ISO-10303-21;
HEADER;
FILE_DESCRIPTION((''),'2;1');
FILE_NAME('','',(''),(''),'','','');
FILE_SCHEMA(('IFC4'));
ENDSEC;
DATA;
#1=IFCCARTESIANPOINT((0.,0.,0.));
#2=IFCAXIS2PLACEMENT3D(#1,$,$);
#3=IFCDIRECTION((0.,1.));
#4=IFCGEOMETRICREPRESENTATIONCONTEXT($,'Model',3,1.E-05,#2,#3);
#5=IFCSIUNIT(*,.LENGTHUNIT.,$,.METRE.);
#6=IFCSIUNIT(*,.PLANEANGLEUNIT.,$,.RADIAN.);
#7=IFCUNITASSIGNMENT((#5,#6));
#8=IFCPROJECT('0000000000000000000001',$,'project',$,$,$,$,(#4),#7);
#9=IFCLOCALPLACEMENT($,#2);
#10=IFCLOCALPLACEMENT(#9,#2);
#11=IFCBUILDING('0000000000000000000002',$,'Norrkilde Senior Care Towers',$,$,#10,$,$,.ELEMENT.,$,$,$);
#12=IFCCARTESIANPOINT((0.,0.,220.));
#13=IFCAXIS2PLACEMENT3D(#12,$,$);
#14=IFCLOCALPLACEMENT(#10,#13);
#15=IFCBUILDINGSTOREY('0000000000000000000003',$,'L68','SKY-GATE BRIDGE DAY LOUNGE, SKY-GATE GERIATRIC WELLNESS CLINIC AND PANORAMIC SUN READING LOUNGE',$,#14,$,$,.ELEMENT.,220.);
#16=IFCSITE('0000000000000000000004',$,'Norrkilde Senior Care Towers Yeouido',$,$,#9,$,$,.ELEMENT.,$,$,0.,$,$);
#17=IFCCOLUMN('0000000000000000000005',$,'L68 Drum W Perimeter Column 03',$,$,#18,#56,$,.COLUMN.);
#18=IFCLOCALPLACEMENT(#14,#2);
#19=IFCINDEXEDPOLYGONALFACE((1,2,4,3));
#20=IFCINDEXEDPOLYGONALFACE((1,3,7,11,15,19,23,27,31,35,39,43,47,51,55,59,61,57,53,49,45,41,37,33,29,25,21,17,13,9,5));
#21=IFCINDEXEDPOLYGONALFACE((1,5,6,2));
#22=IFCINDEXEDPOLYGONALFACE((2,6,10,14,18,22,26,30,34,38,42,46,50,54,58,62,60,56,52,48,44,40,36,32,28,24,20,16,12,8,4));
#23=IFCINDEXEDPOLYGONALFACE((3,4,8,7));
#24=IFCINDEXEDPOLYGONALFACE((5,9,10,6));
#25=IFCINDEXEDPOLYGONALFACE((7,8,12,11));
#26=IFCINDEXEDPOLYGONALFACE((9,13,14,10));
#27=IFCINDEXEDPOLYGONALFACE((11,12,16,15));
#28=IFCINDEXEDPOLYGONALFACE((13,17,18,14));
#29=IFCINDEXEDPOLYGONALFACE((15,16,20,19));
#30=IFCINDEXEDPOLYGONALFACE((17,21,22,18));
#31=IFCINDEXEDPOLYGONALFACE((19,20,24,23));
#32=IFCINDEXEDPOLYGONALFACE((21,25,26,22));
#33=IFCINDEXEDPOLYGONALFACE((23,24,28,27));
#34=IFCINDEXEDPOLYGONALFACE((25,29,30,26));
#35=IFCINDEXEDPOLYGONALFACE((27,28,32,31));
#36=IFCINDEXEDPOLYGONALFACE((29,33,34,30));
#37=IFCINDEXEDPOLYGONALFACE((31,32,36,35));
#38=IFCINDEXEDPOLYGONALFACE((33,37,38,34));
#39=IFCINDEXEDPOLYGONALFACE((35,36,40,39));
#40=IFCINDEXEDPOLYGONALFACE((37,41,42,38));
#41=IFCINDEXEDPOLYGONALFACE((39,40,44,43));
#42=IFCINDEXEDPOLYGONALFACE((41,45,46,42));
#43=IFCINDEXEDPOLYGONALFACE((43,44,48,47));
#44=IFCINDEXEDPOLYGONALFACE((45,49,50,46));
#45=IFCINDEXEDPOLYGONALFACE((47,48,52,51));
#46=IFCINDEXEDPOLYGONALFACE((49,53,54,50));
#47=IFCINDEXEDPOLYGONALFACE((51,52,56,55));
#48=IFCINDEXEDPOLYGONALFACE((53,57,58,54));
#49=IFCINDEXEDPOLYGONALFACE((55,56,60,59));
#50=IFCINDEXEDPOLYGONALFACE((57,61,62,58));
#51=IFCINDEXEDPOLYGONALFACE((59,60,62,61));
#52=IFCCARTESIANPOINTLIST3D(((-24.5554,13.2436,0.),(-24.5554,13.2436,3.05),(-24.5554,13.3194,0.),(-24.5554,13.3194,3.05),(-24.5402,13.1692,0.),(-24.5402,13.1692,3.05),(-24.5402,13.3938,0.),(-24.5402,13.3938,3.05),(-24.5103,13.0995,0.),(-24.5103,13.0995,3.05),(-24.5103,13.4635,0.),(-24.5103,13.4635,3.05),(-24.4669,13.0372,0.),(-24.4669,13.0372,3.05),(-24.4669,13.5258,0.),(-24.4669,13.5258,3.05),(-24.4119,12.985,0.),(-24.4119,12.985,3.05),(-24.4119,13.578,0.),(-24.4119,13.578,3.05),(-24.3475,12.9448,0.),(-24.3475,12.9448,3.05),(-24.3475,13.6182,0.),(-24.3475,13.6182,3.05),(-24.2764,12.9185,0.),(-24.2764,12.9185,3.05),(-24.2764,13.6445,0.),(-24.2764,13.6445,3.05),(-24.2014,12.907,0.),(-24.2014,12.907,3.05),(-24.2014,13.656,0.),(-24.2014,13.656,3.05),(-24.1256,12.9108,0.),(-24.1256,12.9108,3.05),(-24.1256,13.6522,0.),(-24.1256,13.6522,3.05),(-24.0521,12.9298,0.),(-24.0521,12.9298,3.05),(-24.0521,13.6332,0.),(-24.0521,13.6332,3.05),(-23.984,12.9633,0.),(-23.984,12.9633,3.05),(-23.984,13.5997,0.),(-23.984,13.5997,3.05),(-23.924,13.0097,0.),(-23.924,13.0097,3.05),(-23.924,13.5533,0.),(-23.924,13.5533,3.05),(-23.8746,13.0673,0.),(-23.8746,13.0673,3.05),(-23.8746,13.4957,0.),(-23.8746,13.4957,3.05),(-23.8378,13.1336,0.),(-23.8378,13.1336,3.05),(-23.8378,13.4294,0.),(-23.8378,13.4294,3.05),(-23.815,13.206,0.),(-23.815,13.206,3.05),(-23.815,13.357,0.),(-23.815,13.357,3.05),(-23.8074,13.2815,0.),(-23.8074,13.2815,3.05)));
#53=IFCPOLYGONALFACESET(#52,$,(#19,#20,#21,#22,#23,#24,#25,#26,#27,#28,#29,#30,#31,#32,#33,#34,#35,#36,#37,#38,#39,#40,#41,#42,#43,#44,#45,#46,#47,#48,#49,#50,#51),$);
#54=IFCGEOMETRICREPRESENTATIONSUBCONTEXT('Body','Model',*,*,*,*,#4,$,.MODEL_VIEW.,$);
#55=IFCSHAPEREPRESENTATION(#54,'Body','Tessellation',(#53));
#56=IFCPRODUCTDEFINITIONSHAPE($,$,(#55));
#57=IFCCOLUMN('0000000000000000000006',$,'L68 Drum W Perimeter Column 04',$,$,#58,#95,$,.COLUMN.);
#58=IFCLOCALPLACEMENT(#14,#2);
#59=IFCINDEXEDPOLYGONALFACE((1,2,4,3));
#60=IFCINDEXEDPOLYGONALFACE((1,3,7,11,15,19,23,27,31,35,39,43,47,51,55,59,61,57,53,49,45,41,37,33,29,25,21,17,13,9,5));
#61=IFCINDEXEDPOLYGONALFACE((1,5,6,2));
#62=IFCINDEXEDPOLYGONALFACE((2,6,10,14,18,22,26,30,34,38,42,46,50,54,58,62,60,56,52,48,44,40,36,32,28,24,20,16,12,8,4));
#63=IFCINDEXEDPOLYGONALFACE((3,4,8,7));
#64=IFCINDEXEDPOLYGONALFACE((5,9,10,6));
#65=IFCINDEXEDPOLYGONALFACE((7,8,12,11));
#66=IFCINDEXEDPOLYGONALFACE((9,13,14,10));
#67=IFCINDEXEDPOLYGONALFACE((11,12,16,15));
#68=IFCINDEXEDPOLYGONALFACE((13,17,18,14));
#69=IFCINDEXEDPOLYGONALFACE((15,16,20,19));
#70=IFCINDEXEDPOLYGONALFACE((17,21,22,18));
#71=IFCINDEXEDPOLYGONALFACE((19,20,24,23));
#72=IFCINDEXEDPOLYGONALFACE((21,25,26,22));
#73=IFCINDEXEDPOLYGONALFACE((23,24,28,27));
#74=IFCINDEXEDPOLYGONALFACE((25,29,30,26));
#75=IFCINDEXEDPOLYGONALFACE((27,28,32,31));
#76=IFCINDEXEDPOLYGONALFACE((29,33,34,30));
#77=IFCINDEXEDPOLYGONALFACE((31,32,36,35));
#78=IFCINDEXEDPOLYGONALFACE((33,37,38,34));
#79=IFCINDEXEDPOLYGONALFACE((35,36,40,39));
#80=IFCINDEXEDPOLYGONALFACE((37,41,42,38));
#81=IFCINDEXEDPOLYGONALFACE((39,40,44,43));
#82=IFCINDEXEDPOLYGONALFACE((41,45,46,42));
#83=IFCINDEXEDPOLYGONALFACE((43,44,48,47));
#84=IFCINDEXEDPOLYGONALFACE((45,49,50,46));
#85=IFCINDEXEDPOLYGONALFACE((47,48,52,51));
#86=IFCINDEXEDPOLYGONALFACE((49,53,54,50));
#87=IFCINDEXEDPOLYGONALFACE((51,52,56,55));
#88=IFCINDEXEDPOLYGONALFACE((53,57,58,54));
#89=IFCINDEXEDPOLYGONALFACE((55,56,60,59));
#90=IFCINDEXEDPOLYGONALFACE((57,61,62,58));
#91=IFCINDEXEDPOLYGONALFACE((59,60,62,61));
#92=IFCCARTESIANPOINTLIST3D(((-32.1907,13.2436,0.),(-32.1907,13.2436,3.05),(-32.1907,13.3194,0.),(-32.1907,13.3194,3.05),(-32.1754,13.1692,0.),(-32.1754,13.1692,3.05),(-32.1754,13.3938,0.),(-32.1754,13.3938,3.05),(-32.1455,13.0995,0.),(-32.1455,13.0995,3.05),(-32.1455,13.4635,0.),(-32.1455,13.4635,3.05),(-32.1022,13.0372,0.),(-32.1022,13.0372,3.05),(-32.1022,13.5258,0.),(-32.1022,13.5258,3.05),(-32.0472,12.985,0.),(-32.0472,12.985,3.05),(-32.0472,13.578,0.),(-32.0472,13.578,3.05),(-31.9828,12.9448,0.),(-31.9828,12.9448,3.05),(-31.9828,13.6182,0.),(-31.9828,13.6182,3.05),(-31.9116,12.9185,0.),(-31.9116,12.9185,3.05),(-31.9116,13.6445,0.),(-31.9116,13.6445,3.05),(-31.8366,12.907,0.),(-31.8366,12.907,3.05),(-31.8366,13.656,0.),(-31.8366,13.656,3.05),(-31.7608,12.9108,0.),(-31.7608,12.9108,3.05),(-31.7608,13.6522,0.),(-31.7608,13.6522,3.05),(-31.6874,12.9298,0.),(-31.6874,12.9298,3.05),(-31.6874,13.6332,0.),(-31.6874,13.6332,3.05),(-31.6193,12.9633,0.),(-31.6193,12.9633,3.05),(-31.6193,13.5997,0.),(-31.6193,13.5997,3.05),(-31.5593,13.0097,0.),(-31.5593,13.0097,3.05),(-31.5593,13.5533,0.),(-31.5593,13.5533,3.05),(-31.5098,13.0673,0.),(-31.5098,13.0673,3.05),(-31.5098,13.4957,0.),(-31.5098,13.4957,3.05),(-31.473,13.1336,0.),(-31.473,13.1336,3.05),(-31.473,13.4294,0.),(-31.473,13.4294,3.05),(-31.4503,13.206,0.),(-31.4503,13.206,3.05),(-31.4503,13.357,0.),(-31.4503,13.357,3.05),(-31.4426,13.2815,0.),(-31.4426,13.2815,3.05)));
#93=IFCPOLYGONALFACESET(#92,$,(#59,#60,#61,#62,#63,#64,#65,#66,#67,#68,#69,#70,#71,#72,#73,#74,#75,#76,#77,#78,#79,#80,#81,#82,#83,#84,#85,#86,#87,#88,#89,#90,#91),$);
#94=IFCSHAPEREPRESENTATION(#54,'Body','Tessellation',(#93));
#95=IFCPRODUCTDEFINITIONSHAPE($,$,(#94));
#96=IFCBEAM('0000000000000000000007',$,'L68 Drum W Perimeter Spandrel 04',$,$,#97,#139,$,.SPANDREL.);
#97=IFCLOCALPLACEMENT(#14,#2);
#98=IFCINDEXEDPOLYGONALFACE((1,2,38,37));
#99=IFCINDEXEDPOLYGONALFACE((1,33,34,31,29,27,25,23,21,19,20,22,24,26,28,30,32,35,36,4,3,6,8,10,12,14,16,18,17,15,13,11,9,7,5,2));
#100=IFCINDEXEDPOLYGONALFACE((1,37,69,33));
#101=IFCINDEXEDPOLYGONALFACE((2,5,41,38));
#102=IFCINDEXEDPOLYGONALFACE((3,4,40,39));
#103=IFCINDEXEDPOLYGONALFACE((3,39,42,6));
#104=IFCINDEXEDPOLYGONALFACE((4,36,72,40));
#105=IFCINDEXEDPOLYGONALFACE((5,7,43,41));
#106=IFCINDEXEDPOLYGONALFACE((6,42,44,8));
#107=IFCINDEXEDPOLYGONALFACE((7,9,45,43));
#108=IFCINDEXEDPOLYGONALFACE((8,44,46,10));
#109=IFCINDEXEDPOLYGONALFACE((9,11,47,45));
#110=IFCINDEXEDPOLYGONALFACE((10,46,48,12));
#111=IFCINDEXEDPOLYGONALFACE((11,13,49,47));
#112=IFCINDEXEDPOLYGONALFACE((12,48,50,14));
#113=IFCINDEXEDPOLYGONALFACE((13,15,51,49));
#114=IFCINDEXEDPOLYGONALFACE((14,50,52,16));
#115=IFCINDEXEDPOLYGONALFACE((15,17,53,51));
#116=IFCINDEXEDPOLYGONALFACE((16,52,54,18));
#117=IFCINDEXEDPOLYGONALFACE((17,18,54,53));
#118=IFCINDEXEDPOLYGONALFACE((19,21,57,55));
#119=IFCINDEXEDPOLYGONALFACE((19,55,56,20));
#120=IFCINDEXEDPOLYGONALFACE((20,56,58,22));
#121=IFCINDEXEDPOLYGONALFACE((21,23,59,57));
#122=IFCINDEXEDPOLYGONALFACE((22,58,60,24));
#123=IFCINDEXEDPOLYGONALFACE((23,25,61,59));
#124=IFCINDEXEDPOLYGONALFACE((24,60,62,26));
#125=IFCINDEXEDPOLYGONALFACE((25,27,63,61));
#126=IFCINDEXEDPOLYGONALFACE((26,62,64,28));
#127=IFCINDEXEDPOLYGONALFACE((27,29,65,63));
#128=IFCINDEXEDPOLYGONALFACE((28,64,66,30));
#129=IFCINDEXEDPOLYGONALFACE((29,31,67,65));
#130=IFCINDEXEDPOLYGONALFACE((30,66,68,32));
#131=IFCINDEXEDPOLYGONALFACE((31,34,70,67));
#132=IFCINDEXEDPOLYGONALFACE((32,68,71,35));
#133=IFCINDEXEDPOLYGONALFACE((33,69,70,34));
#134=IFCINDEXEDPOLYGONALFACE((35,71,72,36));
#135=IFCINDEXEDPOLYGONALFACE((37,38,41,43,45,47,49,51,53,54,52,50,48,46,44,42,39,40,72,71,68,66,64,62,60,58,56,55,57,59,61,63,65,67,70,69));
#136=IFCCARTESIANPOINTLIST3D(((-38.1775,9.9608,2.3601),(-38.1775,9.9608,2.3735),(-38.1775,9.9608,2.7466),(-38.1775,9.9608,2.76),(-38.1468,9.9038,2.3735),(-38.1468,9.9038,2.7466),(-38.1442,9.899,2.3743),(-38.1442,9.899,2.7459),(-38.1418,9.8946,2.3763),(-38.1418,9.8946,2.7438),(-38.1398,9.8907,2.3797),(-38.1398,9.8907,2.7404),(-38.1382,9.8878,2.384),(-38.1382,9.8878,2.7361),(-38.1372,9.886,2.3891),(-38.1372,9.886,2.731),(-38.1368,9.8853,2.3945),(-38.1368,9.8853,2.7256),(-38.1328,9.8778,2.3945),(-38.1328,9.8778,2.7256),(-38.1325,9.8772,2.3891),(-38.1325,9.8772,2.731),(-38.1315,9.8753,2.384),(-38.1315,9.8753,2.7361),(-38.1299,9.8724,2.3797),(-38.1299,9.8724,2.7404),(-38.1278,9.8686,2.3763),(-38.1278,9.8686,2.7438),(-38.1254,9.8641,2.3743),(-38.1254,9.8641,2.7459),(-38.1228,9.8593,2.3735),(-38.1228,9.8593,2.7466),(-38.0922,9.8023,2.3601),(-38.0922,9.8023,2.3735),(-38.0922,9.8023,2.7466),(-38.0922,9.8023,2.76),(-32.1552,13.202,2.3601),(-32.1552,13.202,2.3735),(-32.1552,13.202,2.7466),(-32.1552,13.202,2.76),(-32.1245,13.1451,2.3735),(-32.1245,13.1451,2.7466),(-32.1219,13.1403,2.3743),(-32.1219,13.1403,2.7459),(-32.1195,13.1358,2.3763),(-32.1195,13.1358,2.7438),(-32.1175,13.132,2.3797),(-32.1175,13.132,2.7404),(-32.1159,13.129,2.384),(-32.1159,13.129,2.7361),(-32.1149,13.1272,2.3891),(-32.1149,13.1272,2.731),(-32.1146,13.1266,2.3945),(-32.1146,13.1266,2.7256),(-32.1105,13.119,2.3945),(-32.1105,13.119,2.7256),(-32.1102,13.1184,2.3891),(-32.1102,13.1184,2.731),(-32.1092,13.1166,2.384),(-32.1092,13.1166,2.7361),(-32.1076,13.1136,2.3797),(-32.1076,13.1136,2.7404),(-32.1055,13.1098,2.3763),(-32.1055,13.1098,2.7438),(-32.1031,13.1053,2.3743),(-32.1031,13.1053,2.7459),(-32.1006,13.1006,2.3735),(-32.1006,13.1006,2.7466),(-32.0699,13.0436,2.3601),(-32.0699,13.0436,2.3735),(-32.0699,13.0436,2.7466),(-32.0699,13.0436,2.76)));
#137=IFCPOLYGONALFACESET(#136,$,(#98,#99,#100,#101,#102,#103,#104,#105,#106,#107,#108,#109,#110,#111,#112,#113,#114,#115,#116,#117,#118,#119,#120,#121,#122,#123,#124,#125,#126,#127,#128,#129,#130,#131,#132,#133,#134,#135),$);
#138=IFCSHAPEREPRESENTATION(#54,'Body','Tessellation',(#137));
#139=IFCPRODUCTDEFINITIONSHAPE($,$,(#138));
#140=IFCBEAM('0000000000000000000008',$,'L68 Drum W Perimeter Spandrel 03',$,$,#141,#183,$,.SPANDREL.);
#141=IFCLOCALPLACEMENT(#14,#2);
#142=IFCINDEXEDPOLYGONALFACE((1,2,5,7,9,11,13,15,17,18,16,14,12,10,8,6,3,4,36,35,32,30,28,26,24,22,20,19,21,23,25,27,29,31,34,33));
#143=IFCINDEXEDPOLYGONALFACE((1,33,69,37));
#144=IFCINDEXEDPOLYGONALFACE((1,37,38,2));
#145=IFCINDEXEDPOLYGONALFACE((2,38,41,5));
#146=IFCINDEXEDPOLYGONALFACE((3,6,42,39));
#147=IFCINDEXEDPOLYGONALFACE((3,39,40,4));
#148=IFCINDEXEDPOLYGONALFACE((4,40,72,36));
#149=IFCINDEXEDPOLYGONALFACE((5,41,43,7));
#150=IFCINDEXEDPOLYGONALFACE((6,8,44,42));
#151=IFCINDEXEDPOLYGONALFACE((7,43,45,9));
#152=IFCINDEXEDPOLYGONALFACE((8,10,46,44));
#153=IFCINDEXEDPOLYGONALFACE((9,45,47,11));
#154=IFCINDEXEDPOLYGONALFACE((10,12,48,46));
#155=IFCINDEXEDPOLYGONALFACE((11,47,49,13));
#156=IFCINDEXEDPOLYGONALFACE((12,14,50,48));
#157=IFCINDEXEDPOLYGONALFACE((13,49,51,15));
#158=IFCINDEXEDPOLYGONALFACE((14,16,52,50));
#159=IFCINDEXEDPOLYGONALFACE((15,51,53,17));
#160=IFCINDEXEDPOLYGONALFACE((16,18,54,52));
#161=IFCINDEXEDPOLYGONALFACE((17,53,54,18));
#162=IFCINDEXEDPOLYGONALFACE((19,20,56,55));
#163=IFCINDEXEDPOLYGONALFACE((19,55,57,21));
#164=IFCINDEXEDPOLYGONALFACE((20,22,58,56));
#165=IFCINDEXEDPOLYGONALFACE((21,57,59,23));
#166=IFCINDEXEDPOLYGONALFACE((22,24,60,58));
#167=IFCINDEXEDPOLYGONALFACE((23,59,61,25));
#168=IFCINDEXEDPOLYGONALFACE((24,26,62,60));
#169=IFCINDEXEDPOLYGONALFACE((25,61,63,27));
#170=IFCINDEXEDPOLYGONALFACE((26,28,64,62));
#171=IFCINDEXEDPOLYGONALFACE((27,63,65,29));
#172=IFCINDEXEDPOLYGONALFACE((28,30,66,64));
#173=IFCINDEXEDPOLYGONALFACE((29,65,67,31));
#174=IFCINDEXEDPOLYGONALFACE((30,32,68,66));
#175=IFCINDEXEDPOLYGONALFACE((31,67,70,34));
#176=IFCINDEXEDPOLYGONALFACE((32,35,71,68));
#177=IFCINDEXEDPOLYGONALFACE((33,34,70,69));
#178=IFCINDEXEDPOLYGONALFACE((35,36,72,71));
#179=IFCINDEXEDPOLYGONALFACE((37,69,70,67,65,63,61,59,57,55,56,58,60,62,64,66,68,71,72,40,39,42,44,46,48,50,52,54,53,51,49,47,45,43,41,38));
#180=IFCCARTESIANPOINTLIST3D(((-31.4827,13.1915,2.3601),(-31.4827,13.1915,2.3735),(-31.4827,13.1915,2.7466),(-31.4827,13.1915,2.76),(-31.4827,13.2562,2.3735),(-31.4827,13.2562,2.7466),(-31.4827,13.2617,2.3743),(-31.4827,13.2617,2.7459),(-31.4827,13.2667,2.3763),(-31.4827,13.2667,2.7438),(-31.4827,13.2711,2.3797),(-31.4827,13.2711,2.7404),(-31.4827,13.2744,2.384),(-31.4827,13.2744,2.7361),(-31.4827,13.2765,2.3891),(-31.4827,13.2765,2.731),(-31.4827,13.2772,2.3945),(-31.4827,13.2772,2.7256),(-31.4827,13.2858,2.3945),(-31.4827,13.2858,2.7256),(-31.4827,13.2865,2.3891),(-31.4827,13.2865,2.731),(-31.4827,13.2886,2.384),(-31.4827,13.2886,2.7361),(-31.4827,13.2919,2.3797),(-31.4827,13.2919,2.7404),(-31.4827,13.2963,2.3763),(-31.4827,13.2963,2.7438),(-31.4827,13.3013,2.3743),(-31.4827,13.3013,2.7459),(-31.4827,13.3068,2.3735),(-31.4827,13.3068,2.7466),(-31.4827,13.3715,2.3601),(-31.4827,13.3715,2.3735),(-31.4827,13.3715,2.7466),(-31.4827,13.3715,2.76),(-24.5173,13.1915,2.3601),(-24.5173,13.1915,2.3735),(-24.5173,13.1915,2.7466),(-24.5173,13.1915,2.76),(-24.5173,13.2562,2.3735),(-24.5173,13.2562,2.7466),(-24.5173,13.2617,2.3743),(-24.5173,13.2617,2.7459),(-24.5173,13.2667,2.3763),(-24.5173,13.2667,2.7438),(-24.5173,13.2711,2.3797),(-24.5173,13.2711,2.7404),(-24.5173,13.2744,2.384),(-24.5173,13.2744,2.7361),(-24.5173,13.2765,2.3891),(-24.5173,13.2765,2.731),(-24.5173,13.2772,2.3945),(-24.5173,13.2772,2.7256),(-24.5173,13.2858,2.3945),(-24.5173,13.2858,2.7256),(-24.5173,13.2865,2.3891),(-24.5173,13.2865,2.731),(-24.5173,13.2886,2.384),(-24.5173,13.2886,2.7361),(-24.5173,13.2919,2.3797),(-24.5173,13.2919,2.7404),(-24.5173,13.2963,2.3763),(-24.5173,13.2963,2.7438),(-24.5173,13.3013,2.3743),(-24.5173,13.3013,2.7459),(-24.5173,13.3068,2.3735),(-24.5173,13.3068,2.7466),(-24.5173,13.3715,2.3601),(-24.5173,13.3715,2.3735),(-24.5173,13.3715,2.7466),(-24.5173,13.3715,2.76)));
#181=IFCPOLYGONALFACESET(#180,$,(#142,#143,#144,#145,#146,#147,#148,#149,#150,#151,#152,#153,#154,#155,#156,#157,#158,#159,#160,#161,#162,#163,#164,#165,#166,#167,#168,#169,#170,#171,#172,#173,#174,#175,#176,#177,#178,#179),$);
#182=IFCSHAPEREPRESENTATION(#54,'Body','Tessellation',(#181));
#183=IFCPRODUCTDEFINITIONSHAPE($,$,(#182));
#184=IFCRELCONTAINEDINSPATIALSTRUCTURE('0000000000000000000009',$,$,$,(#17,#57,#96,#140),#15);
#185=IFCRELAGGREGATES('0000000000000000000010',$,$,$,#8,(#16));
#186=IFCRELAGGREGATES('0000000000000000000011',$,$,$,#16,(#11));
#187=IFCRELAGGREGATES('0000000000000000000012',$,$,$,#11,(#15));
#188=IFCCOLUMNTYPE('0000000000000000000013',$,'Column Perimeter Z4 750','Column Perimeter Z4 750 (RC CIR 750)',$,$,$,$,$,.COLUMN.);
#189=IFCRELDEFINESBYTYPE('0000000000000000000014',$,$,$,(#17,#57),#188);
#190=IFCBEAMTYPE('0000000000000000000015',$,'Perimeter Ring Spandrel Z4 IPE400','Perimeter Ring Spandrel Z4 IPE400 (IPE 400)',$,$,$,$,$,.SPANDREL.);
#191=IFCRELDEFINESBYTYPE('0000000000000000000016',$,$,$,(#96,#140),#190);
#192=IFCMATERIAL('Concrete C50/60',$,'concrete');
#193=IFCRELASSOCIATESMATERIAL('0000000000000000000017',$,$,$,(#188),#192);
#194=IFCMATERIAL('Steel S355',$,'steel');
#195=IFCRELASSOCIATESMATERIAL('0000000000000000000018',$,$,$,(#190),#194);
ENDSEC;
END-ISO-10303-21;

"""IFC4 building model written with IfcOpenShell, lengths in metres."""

from ifc_helpers import new_model, si_unit, direction, frame, origin, origin_2d, place, context, subcontext, project, spatial, circle, i_section, extrude, source, transform, mapped, material, material_profile, profile_set, type_object, type_shapes, element, save


model = new_model("IFC4")

# Units and contexts
model_context = context("Model", 3, precision=1e-05, world=origin(), true_north=direction((0.0, 1.0)))
body_context = subcontext(model_context, "Body", "Model", "MODEL_VIEW")
ifc_project = project(units=[si_unit("LENGTHUNIT", "METRE"), si_unit("PLANEANGLEUNIT", "RADIAN")], contexts=[model_context])

# Site, building, storey
site_placement = place(None, origin())
site = spatial("IfcSite", under=ifc_project, at=site_placement, Name="Norrkilde Senior Care Towers Yeouido", CompositionType="ELEMENT", RefElevation=0.0)
building_placement = place(site_placement, origin())
building = spatial("IfcBuilding", under=site, at=building_placement, Name="Norrkilde Senior Care Towers", CompositionType="ELEMENT")
storey_placement = place(building_placement, frame((0.0, 0.0, 220.0)))
storey = spatial("IfcBuildingStorey", under=building, at=storey_placement, Name="L68", Description="SKY-GATE BRIDGE DAY LOUNGE, SKY-GATE GERIATRIC WELLNESS CLINIC AND PANORAMIC SUN READING LOUNGE", CompositionType="ELEMENT", Elevation=220.0)

# Columns
ifc_material_1 = material(Name="Concrete C50/60", Category="concrete")
ifc_material_profile_1 = material_profile(ifc_material_1, circle(Radius=0.375, at=origin_2d()), Name="RC CIR 750")
ifc_profile_set_1 = profile_set([ifc_material_profile_1], Name="Concrete C50/60")
column_type = type_object("IfcColumnType", Name="Column Perimeter Z4 750", Description="Column Perimeter Z4 750 (RC CIR 750)", PredefinedType="COLUMN", material=ifc_profile_set_1)
shared_shape_1 = source(origin(), body_context, "Body", "SweptSolid", [
    extrude(circle(Radius=0.375, at=origin_2d()), origin(), (0.0, 0.0, 1.0), 3.05),
])
type_shapes(column_type, [shared_shape_1])
for number, where, z_axis, x_axis, name in (
    (1, (-24.1824, 13.2815, 0.0), (0.0, 0.0, 1.0), (1.0, 0.0, 0.0), "L68 Drum W Perimeter Column 03"),
    (2, (-31.8176, 13.2815, 0.0), (0.0, 0.0, 1.0), (1.0, 0.0, 0.0), "L68 Drum W Perimeter Column 04"),
):
    element("IfcColumn", number, at=place(storey_placement, frame(where, z_axis=z_axis, x_axis=x_axis)), inside=storey, type_object=column_type, Name=name, PredefinedType="COLUMN", context=body_context, shape_type="MappedRepresentation", body=[
        mapped(shared_shape_1, transform((0.0, 0.0, 0.0), x_axis=(1.0, 0.0, 0.0), y_axis=(0.0, 1.0, 0.0), z_axis=(0.0, 0.0, 1.0), scale=1.0)),
    ])

# Beams
ifc_material_2 = material(Name="Steel S355", Category="steel")
ifc_material_profile_2 = material_profile(ifc_material_2, i_section(OverallWidth=0.1799, OverallDepth=0.3999, WebThickness=0.0085, FlangeThickness=0.0134, FilletRadius=0.021, at=origin_2d()), Name="IPE 400")
ifc_profile_set_2 = profile_set([ifc_material_profile_2], Name="Steel S355")
beam_type = type_object("IfcBeamType", Name="Perimeter Ring Spandrel Z4 IPE400", Description="Perimeter Ring Spandrel Z4 IPE400 (IPE 400)", PredefinedType="SPANDREL", material=ifc_profile_set_2)
shared_shape_2 = source(origin(), body_context, "Body", "SweptSolid", [
    extrude(i_section(OverallWidth=0.1799, OverallDepth=0.3999, WebThickness=0.0085, FlangeThickness=0.0134, FilletRadius=0.021, at=origin_2d()), origin(), (0.0, 0.0, 1.0), 6.8391),
])
beam_1_placement = place(storey_placement, frame((-32.1125, 13.1228, 2.5601), z_axis=(-0.880564, -0.473927, 0.0), x_axis=(0.473927, -0.880564, 0.0)))
element("IfcBeam", 3, at=beam_1_placement, inside=storey, type_object=beam_type, Name="L68 Drum W Perimeter Spandrel 04", PredefinedType="SPANDREL", context=body_context, shape_type="MappedRepresentation", body=[
    mapped(shared_shape_2, transform((0.0, 0.0, 0.0), x_axis=(1.0, 0.0, 0.0), y_axis=(0.0, 1.0, 0.0), z_axis=(0.0, 0.0, 1.0), scale=1.0)),
])
shared_shape_3 = source(origin(), body_context, "Body", "SweptSolid", [
    extrude(i_section(OverallWidth=0.1799, OverallDepth=0.3999, WebThickness=0.0085, FlangeThickness=0.0134, FilletRadius=0.021, at=origin_2d()), origin(), (0.0, 0.0, 1.0), 6.9653),
])
type_shapes(beam_type, [shared_shape_2, shared_shape_3])
beam_2_placement = place(storey_placement, frame((-24.5173, 13.2815, 2.5601), z_axis=(-1.0, 0.0, 0.0), x_axis=(0.0, -1.0, 0.0)))
element("IfcBeam", 4, at=beam_2_placement, inside=storey, type_object=beam_type, Name="L68 Drum W Perimeter Spandrel 03", PredefinedType="SPANDREL", context=body_context, shape_type="MappedRepresentation", body=[
    mapped(shared_shape_3, transform((0.0, 0.0, 0.0), x_axis=(1.0, 0.0, 0.0), y_axis=(0.0, 1.0, 0.0), z_axis=(0.0, 0.0, 1.0), scale=1.0)),
])

save(model, "model.ifc")
